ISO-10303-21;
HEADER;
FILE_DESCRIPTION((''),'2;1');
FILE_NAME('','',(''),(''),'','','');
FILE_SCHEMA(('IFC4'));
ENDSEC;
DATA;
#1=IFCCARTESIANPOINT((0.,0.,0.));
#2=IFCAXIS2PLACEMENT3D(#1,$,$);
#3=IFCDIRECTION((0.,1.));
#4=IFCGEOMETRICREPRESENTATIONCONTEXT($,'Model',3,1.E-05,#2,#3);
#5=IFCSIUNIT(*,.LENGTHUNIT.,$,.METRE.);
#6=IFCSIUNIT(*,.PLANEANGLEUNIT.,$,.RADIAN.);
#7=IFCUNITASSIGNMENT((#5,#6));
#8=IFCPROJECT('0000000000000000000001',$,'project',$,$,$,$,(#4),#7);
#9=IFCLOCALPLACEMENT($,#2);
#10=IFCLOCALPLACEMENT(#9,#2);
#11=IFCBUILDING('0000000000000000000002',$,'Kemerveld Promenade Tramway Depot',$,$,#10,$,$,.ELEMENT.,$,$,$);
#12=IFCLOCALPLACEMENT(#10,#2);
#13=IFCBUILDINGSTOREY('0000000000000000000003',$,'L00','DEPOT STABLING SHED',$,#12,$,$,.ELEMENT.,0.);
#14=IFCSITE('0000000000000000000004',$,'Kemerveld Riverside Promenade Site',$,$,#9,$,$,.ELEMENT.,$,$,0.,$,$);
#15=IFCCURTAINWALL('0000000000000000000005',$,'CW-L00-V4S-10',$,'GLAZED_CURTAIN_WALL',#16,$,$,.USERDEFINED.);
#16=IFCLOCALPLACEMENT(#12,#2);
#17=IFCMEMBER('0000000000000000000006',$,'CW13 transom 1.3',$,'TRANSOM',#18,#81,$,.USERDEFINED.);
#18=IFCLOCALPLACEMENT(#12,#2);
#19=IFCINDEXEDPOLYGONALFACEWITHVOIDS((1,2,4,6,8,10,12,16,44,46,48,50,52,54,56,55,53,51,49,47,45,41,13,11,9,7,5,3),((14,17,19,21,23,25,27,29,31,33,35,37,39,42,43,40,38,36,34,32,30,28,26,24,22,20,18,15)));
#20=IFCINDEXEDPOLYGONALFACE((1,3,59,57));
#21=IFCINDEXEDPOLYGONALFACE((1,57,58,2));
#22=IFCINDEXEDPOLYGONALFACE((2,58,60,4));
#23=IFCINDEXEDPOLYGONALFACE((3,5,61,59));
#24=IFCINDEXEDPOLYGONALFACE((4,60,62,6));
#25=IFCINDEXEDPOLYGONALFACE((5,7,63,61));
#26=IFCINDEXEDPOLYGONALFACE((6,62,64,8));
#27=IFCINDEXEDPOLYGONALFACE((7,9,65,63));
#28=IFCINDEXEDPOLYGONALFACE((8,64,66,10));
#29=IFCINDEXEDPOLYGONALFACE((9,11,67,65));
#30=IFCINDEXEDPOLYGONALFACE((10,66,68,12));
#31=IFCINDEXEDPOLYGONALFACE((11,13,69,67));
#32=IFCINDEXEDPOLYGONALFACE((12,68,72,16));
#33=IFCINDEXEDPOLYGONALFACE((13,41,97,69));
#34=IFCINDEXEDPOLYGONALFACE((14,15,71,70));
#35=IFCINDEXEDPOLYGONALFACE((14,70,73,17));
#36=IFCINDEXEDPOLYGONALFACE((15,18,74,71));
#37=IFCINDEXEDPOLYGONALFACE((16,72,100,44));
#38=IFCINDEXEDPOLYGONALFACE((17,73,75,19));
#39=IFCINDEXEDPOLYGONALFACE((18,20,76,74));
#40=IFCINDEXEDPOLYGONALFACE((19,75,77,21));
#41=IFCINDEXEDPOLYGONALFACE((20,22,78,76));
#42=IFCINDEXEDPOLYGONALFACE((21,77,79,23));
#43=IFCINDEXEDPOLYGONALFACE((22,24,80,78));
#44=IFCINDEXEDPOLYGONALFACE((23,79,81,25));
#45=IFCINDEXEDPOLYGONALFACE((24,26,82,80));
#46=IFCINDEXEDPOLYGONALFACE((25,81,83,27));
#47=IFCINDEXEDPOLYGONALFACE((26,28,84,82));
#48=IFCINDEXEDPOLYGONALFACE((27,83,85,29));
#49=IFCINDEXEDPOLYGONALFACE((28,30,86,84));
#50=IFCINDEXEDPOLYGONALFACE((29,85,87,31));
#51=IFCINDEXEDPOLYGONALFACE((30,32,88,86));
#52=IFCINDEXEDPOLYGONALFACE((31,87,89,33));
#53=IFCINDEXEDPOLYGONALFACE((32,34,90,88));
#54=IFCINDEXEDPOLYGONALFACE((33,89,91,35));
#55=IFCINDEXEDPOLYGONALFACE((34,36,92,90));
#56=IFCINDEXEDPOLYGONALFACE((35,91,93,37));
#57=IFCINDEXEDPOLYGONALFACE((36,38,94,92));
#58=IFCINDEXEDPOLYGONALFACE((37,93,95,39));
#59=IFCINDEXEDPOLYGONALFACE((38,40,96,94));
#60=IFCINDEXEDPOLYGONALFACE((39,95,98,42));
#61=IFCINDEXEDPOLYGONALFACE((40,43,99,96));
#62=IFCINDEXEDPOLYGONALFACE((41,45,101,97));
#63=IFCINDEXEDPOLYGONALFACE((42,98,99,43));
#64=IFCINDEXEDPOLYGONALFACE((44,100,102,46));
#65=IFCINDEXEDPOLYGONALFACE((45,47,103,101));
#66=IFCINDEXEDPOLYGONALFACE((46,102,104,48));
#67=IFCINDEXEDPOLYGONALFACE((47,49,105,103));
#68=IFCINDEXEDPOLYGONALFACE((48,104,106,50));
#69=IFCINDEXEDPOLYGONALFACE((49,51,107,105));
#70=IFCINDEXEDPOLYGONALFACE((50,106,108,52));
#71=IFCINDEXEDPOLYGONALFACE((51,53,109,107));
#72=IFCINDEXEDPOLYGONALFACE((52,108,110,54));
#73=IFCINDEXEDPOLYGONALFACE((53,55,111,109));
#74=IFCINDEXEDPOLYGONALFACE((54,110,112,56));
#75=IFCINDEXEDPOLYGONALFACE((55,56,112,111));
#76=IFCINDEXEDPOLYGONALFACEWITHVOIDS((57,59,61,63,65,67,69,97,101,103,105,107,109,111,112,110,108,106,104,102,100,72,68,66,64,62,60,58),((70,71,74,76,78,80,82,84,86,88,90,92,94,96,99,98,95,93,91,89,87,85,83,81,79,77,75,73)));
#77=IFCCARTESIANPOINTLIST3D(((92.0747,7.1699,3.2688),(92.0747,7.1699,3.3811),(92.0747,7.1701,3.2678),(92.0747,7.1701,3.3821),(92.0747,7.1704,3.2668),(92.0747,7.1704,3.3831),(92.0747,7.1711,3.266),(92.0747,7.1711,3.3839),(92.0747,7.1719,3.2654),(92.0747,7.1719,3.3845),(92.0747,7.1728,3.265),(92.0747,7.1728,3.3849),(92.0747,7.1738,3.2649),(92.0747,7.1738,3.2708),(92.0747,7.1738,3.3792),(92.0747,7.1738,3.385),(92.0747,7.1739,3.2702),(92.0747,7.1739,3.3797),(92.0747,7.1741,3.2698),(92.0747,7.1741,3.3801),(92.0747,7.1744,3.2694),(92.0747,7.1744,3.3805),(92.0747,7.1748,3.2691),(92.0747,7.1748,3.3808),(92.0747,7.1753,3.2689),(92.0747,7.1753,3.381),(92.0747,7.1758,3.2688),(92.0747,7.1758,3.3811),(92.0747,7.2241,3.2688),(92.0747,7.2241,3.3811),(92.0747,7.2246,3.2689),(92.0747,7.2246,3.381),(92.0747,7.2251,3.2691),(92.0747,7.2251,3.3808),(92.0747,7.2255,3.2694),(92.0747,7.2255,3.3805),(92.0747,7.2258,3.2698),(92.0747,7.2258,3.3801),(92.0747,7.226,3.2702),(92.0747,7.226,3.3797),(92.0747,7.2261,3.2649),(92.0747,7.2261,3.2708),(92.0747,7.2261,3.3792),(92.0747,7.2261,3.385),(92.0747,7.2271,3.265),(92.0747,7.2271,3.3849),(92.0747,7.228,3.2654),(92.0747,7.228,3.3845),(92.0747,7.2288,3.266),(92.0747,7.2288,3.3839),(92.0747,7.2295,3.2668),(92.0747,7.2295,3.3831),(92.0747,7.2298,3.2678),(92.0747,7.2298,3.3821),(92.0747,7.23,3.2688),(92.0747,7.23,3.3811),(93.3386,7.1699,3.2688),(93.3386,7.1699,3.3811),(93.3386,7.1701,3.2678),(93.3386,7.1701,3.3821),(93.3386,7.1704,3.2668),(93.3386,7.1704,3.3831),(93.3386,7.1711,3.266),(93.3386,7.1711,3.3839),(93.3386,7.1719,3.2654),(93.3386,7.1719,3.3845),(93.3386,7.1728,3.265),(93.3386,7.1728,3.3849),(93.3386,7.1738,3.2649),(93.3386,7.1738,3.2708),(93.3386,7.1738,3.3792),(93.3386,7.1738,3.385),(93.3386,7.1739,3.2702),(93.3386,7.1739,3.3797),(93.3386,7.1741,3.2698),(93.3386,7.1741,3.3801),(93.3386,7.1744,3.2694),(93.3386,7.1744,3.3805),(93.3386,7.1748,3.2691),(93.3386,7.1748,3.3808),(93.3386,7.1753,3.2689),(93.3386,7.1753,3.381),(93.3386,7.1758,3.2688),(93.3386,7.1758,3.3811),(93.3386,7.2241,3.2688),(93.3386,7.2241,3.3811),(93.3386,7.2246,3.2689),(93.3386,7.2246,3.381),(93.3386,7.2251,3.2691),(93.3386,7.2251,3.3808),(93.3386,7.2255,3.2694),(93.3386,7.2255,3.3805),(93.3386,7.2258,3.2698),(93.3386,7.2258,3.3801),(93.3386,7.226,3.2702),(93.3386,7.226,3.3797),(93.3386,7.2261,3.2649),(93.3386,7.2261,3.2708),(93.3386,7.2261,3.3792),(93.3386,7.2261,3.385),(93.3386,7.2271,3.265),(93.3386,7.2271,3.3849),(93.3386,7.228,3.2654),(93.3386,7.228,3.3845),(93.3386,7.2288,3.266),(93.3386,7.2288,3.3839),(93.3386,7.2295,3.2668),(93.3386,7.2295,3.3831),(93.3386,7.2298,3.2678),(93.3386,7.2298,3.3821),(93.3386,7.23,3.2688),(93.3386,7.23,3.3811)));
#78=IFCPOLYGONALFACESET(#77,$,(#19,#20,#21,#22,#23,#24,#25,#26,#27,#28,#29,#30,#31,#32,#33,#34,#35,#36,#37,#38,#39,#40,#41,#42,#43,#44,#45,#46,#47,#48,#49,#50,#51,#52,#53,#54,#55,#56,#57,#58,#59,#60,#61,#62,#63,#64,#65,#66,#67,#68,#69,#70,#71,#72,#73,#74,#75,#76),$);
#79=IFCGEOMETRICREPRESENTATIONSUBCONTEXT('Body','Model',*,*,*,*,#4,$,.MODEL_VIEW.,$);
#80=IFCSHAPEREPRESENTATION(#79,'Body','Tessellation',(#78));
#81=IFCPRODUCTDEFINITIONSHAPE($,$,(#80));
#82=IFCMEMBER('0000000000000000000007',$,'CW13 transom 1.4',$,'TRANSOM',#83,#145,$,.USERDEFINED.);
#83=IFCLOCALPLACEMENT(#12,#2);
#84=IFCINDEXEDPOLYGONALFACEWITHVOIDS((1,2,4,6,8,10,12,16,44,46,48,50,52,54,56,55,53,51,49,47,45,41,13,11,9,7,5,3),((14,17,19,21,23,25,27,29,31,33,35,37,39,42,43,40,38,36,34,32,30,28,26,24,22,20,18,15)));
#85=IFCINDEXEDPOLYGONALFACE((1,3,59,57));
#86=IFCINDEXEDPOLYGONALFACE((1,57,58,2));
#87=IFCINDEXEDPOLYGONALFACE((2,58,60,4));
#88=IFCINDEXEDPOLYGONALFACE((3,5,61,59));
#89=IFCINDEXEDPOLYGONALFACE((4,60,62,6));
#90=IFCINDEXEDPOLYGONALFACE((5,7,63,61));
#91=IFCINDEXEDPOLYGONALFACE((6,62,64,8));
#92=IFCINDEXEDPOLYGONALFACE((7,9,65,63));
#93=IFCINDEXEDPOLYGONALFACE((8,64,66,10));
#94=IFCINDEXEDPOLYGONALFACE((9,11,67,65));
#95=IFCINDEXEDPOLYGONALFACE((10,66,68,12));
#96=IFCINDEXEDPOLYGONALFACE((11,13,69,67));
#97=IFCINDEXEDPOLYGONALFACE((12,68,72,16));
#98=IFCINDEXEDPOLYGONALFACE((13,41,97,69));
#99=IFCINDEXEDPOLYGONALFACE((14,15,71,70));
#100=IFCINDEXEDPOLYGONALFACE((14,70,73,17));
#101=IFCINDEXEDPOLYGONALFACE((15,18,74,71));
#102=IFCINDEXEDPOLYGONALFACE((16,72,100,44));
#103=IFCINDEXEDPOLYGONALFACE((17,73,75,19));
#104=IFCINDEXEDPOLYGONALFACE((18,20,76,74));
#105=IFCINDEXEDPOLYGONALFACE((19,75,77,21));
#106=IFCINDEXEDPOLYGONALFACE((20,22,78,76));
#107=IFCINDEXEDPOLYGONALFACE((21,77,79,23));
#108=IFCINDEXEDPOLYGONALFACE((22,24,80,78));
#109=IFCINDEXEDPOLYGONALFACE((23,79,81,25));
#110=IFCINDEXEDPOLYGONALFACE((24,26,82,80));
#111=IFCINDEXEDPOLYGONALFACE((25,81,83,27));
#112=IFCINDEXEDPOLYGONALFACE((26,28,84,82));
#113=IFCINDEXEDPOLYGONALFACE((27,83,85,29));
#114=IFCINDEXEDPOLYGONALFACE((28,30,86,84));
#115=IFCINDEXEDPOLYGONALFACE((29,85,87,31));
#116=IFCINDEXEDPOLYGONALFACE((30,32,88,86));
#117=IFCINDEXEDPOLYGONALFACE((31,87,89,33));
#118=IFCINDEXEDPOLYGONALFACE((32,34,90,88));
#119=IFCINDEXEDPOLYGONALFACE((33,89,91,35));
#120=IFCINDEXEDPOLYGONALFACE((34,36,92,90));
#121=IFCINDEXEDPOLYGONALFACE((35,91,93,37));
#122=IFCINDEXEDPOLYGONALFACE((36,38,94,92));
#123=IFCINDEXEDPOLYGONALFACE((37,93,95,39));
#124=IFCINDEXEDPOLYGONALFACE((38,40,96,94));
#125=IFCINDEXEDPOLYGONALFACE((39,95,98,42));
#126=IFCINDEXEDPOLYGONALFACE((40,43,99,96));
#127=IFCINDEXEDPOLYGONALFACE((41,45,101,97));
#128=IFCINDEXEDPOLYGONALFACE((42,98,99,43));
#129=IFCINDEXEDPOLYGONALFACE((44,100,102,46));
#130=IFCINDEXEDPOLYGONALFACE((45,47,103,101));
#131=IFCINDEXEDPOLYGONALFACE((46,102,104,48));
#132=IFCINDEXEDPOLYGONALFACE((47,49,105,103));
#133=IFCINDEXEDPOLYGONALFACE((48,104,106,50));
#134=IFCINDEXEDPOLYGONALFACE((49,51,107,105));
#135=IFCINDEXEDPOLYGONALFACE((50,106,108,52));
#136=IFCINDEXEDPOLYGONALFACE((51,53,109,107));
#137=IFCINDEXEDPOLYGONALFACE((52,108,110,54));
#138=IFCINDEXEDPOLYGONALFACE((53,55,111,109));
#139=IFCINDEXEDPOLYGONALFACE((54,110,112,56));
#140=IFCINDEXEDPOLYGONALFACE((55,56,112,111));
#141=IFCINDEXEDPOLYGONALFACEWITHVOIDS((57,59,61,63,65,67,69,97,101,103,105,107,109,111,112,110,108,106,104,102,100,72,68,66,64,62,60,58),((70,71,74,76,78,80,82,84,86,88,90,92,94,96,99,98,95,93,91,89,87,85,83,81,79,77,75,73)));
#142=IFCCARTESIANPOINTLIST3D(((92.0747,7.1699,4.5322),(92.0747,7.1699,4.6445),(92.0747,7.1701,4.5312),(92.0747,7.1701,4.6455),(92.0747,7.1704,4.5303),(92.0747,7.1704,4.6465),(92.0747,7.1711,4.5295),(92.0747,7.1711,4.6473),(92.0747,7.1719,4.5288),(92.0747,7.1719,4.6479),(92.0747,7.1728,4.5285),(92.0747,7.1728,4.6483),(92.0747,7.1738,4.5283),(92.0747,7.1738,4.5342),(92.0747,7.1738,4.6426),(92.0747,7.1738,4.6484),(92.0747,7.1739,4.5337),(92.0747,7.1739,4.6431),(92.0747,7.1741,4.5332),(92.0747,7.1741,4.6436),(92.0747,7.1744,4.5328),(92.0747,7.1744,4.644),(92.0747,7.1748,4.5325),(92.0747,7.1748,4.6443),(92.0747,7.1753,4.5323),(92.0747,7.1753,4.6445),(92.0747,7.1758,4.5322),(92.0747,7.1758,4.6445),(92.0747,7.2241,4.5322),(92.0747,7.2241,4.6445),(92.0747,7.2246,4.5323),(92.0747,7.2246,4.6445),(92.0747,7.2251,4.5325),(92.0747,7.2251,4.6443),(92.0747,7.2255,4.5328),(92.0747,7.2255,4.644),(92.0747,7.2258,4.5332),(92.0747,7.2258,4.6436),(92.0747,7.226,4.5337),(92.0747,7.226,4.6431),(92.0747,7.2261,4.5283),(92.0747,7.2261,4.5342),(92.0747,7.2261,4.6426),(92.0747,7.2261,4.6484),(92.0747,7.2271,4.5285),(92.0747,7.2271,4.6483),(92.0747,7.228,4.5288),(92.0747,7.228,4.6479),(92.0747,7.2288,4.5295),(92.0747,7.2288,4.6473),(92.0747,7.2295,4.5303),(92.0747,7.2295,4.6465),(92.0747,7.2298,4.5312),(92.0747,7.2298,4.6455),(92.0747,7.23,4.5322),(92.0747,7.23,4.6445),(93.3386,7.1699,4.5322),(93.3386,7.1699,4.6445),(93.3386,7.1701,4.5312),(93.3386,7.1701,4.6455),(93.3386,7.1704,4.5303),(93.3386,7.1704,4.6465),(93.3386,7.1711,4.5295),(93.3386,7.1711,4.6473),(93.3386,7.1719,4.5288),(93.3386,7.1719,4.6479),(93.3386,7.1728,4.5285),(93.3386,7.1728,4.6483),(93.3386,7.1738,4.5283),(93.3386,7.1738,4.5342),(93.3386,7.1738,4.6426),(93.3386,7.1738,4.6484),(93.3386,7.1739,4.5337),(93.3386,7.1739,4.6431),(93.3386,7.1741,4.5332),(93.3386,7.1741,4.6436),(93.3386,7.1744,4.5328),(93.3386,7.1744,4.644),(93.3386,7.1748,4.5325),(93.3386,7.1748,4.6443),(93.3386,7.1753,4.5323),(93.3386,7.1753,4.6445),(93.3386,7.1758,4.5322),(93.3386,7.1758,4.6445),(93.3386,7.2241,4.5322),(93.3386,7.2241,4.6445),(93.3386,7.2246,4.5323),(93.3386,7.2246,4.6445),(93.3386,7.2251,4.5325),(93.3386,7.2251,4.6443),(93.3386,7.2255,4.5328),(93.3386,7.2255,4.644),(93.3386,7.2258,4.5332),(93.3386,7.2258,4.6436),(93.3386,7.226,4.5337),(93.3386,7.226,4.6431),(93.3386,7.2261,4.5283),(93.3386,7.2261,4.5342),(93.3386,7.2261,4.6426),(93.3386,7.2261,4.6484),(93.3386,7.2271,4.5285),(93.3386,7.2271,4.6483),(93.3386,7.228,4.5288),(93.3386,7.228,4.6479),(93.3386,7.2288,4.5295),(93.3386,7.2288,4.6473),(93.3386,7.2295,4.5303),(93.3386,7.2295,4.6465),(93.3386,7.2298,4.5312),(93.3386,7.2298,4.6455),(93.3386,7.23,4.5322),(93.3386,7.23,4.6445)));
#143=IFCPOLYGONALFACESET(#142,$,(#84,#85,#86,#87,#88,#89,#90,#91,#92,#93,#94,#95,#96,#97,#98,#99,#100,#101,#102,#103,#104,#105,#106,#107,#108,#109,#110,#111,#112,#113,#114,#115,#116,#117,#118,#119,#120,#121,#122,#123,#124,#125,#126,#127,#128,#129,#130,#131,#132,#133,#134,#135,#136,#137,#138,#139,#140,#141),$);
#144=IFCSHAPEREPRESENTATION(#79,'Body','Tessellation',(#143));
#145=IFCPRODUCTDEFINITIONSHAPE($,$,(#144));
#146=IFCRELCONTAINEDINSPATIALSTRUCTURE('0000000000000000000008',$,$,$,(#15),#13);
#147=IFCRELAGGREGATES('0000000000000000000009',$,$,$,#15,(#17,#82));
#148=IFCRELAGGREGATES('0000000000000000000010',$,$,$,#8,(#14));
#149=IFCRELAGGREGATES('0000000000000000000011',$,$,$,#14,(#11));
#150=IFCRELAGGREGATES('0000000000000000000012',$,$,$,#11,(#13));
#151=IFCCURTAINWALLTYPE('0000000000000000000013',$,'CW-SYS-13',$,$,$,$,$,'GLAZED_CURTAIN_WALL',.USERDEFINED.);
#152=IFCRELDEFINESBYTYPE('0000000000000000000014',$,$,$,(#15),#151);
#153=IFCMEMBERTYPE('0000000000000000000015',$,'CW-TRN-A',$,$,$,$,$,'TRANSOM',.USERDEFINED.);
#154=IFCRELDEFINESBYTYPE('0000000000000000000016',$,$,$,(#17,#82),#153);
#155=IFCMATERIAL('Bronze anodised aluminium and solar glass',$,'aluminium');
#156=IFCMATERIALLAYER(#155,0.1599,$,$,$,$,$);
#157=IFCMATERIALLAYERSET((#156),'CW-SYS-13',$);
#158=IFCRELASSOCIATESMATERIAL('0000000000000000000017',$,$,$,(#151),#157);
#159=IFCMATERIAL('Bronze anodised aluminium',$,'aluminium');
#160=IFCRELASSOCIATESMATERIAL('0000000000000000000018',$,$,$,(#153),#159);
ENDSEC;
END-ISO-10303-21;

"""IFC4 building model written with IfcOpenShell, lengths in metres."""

from ifc_helpers import new_model, si_unit, direction, frame, origin, origin_2d, place, context, subcontext, project, spatial, hollow_rectangle, extrude, material, layer, layer_set, material_profile, profile_set, type_object, element, aggregate, save


model = new_model("IFC4")

# Units and contexts
model_context = context("Model", 3, precision=1e-05, world=origin(), true_north=direction((0.0, 1.0)))
body_context = subcontext(model_context, "Body", "Model", "MODEL_VIEW")
ifc_project = project(units=[si_unit("LENGTHUNIT", "METRE"), si_unit("PLANEANGLEUNIT", "RADIAN")], contexts=[model_context])

# Site, building, storey
site_placement = place(None, origin())
site = spatial("IfcSite", under=ifc_project, at=site_placement, Name="Kemerveld Riverside Promenade Site", CompositionType="ELEMENT", RefElevation=0.0)
building_placement = place(site_placement, origin())
building = spatial("IfcBuilding", under=site, at=building_placement, Name="Kemerveld Promenade Tramway Depot", CompositionType="ELEMENT")
storey_placement = place(building_placement, origin())
storey = spatial("IfcBuildingStorey", under=building, at=storey_placement, Name="L00", Description="DEPOT STABLING SHED", CompositionType="ELEMENT", Elevation=0.0)

# Curtain wall, members
ifc_material_1 = material(Name="Bronze anodised aluminium and solar glass", Category="aluminium")
ifc_layer_1 = layer(ifc_material_1, 0.1599)
ifc_layer_set_1 = layer_set([ifc_layer_1], Name="CW-SYS-13")
curtain_wall_type = type_object("IfcCurtainWallType", Name="CW-SYS-13", ElementType="GLAZED_CURTAIN_WALL", PredefinedType="USERDEFINED", material=ifc_layer_set_1)
curtain_wall_placement = place(storey_placement, origin())
curtain_wall = element("IfcCurtainWall", 1, at=curtain_wall_placement, inside=storey, type_object=curtain_wall_type, Name="CW-L00-V4S-10", ObjectType="GLAZED_CURTAIN_WALL", PredefinedType="USERDEFINED")
ifc_material_2 = material(Name="Bronze anodised aluminium", Category="aluminium")
ifc_material_profile_1 = material_profile(ifc_material_2, hollow_rectangle(XDim=0.0601, YDim=0.1201, WallThickness=0.0039, InnerFilletRadius=0.002, OuterFilletRadius=0.0039, at=origin_2d()), Name="CW-TRN-120x60")
ifc_profile_set_1 = profile_set([ifc_material_profile_1], Name="Bronze anodised aluminium")
member_type_1 = type_object("IfcMemberType", Name="CW-TRN-A", ElementType="TRANSOM", PredefinedType="USERDEFINED", material=ifc_profile_set_1)
member_1_placement = place(storey_placement, frame((93.3386, 7.2, 3.325), z_axis=(-1.0, 0.0, 0.0), x_axis=(0.0, -1.0, 0.0)))
member_1 = element("IfcMember", 2, at=member_1_placement, type_object=member_type_1, Name="CW13 transom 1.3", ObjectType="TRANSOM", PredefinedType="USERDEFINED", context=body_context, shape_type="SweptSolid", body=[
    extrude(hollow_rectangle(XDim=0.0601, YDim=0.1201, WallThickness=0.0039, InnerFilletRadius=0.002, OuterFilletRadius=0.0039, at=origin_2d()), origin(), (0.0, 0.0, 1.0), 1.2639),
])
member_2_placement = place(storey_placement, frame((93.3386, 7.2, 4.5884), z_axis=(-1.0, 0.0, 0.0), x_axis=(0.0, -1.0, 0.0)))
member_2 = element("IfcMember", 3, at=member_2_placement, type_object=member_type_1, Name="CW13 transom 1.4", ObjectType="TRANSOM", PredefinedType="USERDEFINED", context=body_context, shape_type="SweptSolid", body=[
    extrude(hollow_rectangle(XDim=0.0601, YDim=0.1201, WallThickness=0.0039, InnerFilletRadius=0.002, OuterFilletRadius=0.0039, at=origin_2d()), origin(), (0.0, 0.0, 1.0), 1.2639),
])
aggregate(curtain_wall, [member_1, member_2])

save(model, "model.ifc")
